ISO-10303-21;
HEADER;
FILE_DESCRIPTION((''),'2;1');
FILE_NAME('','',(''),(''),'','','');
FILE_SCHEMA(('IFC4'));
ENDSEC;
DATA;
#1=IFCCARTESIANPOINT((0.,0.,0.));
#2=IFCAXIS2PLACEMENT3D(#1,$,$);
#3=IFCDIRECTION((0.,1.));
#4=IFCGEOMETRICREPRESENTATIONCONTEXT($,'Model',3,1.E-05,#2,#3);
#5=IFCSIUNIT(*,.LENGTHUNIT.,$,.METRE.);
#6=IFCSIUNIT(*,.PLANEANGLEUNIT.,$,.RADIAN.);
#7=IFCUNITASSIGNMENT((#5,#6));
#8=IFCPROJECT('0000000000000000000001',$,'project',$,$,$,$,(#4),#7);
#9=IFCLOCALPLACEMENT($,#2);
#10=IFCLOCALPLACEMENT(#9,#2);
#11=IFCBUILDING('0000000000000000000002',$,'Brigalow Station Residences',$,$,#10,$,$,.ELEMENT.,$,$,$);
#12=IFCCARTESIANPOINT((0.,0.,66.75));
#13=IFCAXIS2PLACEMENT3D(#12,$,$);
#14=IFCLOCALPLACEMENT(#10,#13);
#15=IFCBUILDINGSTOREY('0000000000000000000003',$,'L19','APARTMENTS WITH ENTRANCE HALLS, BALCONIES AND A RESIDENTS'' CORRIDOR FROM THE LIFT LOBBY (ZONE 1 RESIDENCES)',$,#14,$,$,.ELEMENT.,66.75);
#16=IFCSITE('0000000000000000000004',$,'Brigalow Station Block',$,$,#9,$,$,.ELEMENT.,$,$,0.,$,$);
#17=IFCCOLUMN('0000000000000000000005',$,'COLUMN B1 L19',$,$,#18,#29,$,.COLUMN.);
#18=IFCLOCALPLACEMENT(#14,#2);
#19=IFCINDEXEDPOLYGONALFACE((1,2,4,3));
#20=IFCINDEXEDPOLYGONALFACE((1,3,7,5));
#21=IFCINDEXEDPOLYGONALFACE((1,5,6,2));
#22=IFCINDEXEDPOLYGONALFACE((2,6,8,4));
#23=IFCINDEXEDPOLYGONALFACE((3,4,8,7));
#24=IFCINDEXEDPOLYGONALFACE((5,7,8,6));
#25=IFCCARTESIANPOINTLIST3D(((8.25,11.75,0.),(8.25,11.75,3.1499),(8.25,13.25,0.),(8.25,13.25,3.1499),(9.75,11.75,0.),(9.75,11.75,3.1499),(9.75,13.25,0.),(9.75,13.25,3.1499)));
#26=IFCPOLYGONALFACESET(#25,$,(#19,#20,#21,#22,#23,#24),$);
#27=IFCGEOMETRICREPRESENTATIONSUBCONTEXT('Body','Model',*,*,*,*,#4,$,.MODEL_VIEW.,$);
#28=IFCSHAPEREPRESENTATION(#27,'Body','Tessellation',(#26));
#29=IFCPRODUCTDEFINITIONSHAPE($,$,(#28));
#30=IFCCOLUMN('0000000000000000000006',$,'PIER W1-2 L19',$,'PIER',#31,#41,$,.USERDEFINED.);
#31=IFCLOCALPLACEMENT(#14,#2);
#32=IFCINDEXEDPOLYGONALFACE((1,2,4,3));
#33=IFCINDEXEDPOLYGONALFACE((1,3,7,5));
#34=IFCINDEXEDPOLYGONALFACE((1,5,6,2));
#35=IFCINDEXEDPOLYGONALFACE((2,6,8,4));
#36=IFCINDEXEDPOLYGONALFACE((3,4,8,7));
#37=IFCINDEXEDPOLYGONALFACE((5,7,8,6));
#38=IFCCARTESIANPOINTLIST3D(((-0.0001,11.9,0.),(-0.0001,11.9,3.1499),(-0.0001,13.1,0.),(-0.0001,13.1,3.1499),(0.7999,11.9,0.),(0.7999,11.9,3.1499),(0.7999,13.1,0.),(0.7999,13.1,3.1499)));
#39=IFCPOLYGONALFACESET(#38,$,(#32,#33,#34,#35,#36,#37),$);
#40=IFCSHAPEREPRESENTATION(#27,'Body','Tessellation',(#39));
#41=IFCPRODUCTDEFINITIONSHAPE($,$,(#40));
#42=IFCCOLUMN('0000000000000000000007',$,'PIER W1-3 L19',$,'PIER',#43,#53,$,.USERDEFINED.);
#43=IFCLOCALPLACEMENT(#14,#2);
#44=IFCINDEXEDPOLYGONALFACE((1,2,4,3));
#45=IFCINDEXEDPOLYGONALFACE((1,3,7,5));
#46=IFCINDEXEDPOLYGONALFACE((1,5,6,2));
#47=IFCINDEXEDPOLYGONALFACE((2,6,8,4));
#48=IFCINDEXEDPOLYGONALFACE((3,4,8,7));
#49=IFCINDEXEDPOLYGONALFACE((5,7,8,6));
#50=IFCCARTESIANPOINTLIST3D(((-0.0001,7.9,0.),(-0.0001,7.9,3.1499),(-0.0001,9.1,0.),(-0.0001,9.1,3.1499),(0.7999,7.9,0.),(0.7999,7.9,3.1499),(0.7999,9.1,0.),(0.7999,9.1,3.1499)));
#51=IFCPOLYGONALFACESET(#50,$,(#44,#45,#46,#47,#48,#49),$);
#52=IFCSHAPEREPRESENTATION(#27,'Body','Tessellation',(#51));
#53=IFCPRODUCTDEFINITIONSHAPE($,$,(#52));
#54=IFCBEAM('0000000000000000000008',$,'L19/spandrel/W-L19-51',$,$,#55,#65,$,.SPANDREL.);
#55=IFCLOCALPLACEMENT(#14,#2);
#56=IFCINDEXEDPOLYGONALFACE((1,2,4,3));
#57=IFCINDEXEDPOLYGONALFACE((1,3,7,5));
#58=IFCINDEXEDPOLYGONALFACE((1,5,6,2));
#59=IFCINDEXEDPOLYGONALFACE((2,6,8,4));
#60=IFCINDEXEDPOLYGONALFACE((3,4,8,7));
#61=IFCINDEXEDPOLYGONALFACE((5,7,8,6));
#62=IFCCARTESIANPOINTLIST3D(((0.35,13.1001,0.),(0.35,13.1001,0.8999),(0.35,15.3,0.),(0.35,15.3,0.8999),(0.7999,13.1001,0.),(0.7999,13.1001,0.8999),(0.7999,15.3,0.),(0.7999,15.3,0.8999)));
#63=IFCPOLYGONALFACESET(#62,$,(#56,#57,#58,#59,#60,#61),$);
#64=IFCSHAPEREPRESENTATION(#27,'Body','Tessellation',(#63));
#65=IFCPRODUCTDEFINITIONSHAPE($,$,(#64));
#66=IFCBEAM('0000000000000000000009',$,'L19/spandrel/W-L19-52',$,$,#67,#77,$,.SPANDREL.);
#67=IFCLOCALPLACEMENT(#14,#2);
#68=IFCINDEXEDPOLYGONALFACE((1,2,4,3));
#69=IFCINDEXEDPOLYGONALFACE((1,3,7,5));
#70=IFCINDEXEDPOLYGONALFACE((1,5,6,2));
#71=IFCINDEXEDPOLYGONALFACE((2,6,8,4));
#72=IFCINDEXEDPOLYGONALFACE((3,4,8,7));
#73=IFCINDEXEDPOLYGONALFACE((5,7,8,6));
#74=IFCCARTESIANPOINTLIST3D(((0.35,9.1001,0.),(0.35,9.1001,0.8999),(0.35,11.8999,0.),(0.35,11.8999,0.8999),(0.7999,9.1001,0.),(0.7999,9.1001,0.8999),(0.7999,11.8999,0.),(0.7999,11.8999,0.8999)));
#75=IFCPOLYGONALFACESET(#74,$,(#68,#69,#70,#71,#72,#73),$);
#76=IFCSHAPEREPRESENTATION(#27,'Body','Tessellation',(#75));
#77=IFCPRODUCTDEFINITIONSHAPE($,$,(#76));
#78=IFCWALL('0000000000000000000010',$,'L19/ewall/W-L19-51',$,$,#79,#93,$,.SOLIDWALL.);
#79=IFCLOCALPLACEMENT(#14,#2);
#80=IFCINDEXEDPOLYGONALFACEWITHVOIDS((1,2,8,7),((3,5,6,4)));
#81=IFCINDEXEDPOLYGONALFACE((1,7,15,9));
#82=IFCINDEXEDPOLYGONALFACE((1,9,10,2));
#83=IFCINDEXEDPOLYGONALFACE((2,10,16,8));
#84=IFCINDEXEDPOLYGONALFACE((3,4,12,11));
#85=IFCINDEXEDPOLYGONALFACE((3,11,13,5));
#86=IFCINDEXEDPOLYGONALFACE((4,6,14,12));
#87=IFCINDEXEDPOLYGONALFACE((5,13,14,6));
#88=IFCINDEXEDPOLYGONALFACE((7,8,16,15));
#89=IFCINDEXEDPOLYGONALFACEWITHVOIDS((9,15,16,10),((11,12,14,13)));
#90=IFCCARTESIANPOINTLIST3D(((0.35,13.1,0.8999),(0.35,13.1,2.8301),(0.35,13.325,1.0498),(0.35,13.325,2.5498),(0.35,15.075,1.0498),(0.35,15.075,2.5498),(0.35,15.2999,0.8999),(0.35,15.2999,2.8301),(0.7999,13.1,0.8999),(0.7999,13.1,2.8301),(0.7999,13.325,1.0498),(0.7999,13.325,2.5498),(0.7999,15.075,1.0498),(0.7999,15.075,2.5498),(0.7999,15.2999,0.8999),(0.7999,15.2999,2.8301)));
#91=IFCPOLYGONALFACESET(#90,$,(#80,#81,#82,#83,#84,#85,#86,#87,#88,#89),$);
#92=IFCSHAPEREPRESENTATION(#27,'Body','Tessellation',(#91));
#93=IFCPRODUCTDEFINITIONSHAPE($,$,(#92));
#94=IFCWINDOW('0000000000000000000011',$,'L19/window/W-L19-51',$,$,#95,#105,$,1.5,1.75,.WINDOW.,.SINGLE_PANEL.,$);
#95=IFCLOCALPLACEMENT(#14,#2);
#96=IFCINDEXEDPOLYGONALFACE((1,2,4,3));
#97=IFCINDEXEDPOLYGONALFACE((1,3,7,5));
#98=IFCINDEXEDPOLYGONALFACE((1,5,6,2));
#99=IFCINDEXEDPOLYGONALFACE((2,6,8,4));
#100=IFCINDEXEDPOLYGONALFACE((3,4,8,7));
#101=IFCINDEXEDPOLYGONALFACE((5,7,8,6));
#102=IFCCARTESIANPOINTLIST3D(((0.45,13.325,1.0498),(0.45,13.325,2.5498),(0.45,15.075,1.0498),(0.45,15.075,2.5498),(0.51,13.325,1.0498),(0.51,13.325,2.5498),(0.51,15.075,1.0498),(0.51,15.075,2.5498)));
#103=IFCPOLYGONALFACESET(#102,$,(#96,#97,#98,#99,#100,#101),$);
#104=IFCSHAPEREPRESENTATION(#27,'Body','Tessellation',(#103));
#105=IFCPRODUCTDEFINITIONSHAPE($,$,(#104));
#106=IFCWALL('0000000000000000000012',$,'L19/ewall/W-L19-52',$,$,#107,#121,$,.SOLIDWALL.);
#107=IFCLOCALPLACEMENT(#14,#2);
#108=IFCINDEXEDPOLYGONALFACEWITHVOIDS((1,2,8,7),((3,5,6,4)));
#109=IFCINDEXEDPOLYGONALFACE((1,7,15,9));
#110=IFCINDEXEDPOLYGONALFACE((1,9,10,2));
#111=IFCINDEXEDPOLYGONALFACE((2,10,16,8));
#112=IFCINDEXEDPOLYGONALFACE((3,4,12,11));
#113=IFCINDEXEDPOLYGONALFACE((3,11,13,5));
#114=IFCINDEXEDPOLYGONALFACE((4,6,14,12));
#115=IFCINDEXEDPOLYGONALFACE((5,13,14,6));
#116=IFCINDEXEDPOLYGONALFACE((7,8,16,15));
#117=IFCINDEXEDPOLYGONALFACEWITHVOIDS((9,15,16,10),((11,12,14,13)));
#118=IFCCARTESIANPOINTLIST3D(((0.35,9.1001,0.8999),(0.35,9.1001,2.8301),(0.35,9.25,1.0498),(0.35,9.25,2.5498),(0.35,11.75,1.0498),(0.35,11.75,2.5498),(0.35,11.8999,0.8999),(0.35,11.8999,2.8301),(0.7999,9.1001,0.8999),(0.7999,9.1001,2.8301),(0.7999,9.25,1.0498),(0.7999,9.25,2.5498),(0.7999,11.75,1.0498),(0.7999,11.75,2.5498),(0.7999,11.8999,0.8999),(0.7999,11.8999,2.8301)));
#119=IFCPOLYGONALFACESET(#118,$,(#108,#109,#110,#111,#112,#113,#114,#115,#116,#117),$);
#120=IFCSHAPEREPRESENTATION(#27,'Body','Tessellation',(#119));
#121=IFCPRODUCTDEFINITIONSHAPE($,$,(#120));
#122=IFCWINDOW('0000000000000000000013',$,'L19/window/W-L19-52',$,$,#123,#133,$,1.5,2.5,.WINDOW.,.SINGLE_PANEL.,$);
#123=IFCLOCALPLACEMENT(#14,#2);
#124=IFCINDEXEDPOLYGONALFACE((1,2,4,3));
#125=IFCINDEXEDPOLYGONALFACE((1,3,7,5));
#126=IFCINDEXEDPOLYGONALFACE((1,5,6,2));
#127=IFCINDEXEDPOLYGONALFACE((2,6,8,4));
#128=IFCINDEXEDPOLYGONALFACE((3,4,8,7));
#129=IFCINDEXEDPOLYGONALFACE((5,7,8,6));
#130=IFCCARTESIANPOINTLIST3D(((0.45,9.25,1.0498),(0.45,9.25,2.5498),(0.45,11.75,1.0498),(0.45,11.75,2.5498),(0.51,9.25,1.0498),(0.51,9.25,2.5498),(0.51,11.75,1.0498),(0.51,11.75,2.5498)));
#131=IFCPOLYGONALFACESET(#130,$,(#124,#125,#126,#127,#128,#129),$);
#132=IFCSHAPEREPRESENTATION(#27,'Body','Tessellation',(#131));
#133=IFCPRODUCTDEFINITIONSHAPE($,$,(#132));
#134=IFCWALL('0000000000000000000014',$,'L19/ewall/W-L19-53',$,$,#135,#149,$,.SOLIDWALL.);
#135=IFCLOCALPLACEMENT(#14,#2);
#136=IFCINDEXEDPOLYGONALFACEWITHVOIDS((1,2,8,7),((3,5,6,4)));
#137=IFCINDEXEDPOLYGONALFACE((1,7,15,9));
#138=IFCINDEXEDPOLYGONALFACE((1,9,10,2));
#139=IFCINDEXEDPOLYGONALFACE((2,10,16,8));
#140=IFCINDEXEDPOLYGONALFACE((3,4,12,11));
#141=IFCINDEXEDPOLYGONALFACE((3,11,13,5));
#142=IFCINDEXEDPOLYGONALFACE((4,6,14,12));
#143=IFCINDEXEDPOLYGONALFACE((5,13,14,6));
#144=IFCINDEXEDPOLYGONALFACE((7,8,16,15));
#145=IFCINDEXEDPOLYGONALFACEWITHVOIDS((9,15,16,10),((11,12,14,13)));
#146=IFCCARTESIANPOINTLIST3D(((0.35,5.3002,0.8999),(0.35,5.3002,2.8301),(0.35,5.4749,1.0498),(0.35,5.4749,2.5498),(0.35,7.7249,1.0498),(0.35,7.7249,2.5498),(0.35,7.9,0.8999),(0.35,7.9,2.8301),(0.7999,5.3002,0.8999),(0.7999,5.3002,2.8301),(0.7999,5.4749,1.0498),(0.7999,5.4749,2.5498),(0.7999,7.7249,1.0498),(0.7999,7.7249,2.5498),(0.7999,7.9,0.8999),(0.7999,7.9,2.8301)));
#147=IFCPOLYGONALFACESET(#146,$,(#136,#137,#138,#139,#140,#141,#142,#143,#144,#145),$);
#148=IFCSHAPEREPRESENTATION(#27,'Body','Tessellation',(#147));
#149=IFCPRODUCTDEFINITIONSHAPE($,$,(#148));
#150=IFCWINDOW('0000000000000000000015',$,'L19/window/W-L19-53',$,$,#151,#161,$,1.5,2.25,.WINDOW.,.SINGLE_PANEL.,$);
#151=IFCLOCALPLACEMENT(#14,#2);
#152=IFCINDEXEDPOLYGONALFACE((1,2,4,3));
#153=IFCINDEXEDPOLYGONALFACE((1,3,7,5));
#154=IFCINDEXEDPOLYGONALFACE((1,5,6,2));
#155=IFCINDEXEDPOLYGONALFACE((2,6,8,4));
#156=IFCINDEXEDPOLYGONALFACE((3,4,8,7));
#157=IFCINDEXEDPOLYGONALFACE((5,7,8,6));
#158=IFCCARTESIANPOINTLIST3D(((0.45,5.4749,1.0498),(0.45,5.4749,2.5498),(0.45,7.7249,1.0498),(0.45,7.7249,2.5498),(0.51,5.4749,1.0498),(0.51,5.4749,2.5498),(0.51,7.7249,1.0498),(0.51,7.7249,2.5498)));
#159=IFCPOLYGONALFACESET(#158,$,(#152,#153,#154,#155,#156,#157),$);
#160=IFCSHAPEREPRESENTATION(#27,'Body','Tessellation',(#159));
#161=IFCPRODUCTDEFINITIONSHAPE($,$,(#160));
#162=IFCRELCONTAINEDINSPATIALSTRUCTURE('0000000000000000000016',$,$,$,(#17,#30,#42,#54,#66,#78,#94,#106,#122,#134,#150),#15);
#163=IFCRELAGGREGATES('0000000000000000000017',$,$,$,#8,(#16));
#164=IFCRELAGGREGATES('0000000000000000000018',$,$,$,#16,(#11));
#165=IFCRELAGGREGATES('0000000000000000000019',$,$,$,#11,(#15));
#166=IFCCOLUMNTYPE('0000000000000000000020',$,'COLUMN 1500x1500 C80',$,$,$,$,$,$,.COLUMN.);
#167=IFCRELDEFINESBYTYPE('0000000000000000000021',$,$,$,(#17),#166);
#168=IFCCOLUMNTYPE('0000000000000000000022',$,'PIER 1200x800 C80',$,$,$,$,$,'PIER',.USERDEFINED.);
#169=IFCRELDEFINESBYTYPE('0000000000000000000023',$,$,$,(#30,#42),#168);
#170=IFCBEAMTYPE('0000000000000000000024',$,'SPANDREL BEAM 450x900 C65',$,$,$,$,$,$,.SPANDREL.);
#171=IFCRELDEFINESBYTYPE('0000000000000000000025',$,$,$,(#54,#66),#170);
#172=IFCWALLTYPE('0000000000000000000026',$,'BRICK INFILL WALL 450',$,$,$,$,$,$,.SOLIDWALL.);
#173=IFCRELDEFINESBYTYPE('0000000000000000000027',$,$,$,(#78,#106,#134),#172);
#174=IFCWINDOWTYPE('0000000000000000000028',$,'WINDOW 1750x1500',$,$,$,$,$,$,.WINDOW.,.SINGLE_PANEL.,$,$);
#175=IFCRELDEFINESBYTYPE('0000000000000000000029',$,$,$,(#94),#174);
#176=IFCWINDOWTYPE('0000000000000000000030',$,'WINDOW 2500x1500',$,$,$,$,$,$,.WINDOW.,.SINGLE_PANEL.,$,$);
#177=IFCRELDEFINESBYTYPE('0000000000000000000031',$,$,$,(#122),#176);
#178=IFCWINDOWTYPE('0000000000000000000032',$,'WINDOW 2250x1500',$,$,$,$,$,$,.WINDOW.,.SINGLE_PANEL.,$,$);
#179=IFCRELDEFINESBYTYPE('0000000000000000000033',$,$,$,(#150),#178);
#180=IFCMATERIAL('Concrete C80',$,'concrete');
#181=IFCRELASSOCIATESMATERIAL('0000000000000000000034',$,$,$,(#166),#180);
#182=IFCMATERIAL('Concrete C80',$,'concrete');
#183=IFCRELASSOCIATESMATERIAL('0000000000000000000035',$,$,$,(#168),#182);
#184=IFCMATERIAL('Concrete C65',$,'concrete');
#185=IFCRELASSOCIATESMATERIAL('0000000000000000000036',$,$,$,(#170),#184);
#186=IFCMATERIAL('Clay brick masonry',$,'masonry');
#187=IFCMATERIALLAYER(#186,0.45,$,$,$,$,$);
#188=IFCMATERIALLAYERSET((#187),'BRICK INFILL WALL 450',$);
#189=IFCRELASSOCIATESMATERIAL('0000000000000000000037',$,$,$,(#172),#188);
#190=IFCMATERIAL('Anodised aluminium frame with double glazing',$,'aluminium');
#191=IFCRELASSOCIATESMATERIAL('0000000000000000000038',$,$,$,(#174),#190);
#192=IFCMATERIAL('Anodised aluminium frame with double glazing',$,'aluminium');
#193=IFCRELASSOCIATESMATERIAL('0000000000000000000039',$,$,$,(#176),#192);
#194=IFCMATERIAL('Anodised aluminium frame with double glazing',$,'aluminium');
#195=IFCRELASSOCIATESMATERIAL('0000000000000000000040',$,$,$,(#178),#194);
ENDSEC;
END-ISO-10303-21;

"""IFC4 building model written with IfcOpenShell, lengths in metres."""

from ifc_helpers import new_model, si_unit, direction, frame, frame_2d, origin, origin_2d, place, context, subcontext, project, spatial, rectangle, extrude, material, layer, layer_set, material_profile, profile_set, type_object, element, fill, save


model = new_model("IFC4")

# Units and contexts
model_context = context("Model", 3, precision=1e-05, world=origin(), true_north=direction((0.0, 1.0)))
body_context = subcontext(model_context, "Body", "Model", "MODEL_VIEW")
ifc_project = project(units=[si_unit("LENGTHUNIT", "METRE"), si_unit("PLANEANGLEUNIT", "RADIAN")], contexts=[model_context])

# Site, building, storey
site_placement = place(None, origin())
site = spatial("IfcSite", under=ifc_project, at=site_placement, Name="Brigalow Station Block", CompositionType="ELEMENT", RefElevation=0.0)
building_placement = place(site_placement, origin())
building = spatial("IfcBuilding", under=site, at=building_placement, Name="Brigalow Station Residences", CompositionType="ELEMENT")
storey_placement = place(building_placement, frame((0.0, 0.0, 66.75)))
storey = spatial("IfcBuildingStorey", under=building, at=storey_placement, Name="L19", Description="APARTMENTS WITH ENTRANCE HALLS, BALCONIES AND A RESIDENTS' CORRIDOR FROM THE LIFT LOBBY (ZONE 1 RESIDENCES)", CompositionType="ELEMENT", Elevation=66.75)

# Columns
ifc_material_1 = material(Name="Concrete C80", Category="concrete")
ifc_material_profile_1 = material_profile(ifc_material_1, rectangle(XDim=1.5, YDim=1.5, at=origin_2d()), Name="RC1500x1500")
ifc_profile_set_1 = profile_set([ifc_material_profile_1], Name="Concrete C80")
column_type_1 = type_object("IfcColumnType", Name="COLUMN 1500x1500 C80", PredefinedType="COLUMN", material=ifc_profile_set_1)
column_placement = place(storey_placement, frame((9.0, 12.5, 0.0), z_axis=(0.0, 0.0, 1.0), x_axis=(1.0, 0.0, 0.0)))
element("IfcColumn", 1, at=column_placement, inside=storey, type_object=column_type_1, Name="COLUMN B1 L19", PredefinedType="COLUMN", context=body_context, shape_type="SweptSolid", body=[
    extrude(rectangle(XDim=1.5, YDim=1.5, at=origin_2d()), origin(), (0.0, 0.0, 1.0), 3.1499),
])
ifc_material_2 = material(Name="Concrete C80", Category="concrete")
ifc_material_profile_2 = material_profile(ifc_material_2, rectangle(XDim=1.2, YDim=0.8, at=origin_2d()), Name="RC1200x800")
ifc_profile_set_2 = profile_set([ifc_material_profile_2], Name="Concrete C80")
column_type_2 = type_object("IfcColumnType", Name="PIER 1200x800 C80", ElementType="PIER", PredefinedType="USERDEFINED", material=ifc_profile_set_2)
for number, where, z_axis, x_axis, name in (
    (2, (0.3999, 12.5, 0.0), (0.0, 0.0, 1.0), (0.0, -1.0, 0.0), "PIER W1-2 L19"),
    (3, (0.3999, 8.5, 0.0), (0.0, 0.0, 1.0), (0.0, -1.0, 0.0), "PIER W1-3 L19"),
):
    element("IfcColumn", number, at=place(storey_placement, frame(where, z_axis=z_axis, x_axis=x_axis)), inside=storey, type_object=column_type_2, Name=name, ObjectType="PIER", PredefinedType="USERDEFINED", context=body_context, shape_type="SweptSolid", body=[
        extrude(rectangle(XDim=1.2, YDim=0.8, at=origin_2d()), origin(), (0.0, 0.0, 1.0), 3.1499),
    ])

# Beams
ifc_material_3 = material(Name="Concrete C65", Category="concrete")
ifc_material_profile_3 = material_profile(ifc_material_3, rectangle(XDim=0.45, YDim=0.8999, at=origin_2d()), Name="RC450x900")
ifc_profile_set_3 = profile_set([ifc_material_profile_3], Name="Concrete C65")
beam_type = type_object("IfcBeamType", Name="SPANDREL BEAM 450x900 C65", PredefinedType="SPANDREL", material=ifc_profile_set_3)
beam_1_placement = place(storey_placement, frame((0.575, 15.3, 0.45), z_axis=(0.0, -1.0, 0.0), x_axis=(1.0, 0.0, 0.0)))
element("IfcBeam", 4, at=beam_1_placement, inside=storey, type_object=beam_type, Name="L19/spandrel/W-L19-51", PredefinedType="SPANDREL", context=body_context, shape_type="SweptSolid", body=[
    extrude(rectangle(XDim=0.45, YDim=0.8999, at=origin_2d()), origin(), (0.0, 0.0, 1.0), 2.2),
])
beam_2_placement = place(storey_placement, frame((0.575, 11.8999, 0.45), z_axis=(0.0, -1.0, 0.0), x_axis=(1.0, 0.0, 0.0)))
element("IfcBeam", 5, at=beam_2_placement, inside=storey, type_object=beam_type, Name="L19/spandrel/W-L19-52", PredefinedType="SPANDREL", context=body_context, shape_type="SweptSolid", body=[
    extrude(rectangle(XDim=0.45, YDim=0.8999, at=origin_2d()), origin(), (0.0, 0.0, 1.0), 2.7998),
])

# Walls, openings, windows
ifc_material_4 = material(Name="Clay brick masonry", Category="masonry")
ifc_layer_1 = layer(ifc_material_4, 0.45)
ifc_layer_set_1 = layer_set([ifc_layer_1], Name="BRICK INFILL WALL 450")
wall_type_1 = type_object("IfcWallType", Name="BRICK INFILL WALL 450", PredefinedType="SOLIDWALL", material=ifc_layer_set_1)
wall_1_placement = place(storey_placement, frame((0.575, 15.3, 0.8999), z_axis=(0.0, 0.0, 1.0), x_axis=(0.0, -1.0, 0.0)))
wall_1 = element("IfcWall", 6, at=wall_1_placement, inside=storey, type_object=wall_type_1, Name="L19/ewall/W-L19-51", PredefinedType="SOLIDWALL", context=body_context, shape_type="SweptSolid", body=[
    extrude(rectangle(XDim=2.2, YDim=0.45, at=frame_2d((1.1001, 0.0))), origin(), (0.0, 0.0, 1.0), 1.9302),
])
opening_1_placement = place(wall_1_placement, frame((0.2251, 0.0, 0.1499)))
opening_1 = element("IfcOpeningElement", 7, at=opening_1_placement, cuts=wall_1, PredefinedType="OPENING", context=body_context, shape_type="SweptSolid", body=[
    extrude(rectangle(XDim=1.75, YDim=1.5, at=frame_2d((0.875, 0.75))), frame((0.0, 0.2349, 0.0), z_axis=(0.0, -1.0, 0.0), x_axis=(1.0, 0.0, 0.0)), (0.0, 0.0, 1.0), 0.47),
])
ifc_material_5 = material(Name="Anodised aluminium frame with double glazing", Category="aluminium")
window_type_1 = type_object("IfcWindowType", Name="WINDOW 1750x1500", PartitioningType="SINGLE_PANEL", PredefinedType="WINDOW", material=ifc_material_5)
window_1_placement = place(opening_1_placement, origin())
window_1 = element("IfcWindow", 8, at=window_1_placement, inside=storey, type_object=window_type_1, Name="L19/window/W-L19-51", OverallHeight=1.5, OverallWidth=1.75, PartitioningType="SINGLE_PANEL", PredefinedType="WINDOW", context=body_context, shape_type="SweptSolid", body=[
    extrude(rectangle(XDim=1.75, YDim=1.5, at=frame_2d((0.875, 0.75))), frame((0.0, -0.0649, 0.0), z_axis=(0.0, -1.0, 0.0), x_axis=(1.0, 0.0, 0.0)), (0.0, 0.0, 1.0), 0.0601),
])
fill(opening_1, window_1)
wall_2_placement = place(storey_placement, frame((0.575, 11.8999, 0.8999), z_axis=(0.0, 0.0, 1.0), x_axis=(0.0, -1.0, 0.0)))
wall_2 = element("IfcWall", 9, at=wall_2_placement, inside=storey, type_object=wall_type_1, Name="L19/ewall/W-L19-52", PredefinedType="SOLIDWALL", context=body_context, shape_type="SweptSolid", body=[
    extrude(rectangle(XDim=2.7998, YDim=0.45, at=frame_2d((1.3999, 0.0))), origin(), (0.0, 0.0, 1.0), 1.9302),
])
opening_2_placement = place(wall_2_placement, frame((0.1499, 0.0, 0.1499)))
opening_2 = element("IfcOpeningElement", 10, at=opening_2_placement, cuts=wall_2, PredefinedType="OPENING", context=body_context, shape_type="SweptSolid", body=[
    extrude(rectangle(XDim=2.5, YDim=1.5, at=frame_2d((1.25, 0.75))), frame((0.0, 0.2349, 0.0), z_axis=(0.0, -1.0, 0.0), x_axis=(1.0, 0.0, 0.0)), (0.0, 0.0, 1.0), 0.47),
])
ifc_material_6 = material(Name="Anodised aluminium frame with double glazing", Category="aluminium")
window_type_2 = type_object("IfcWindowType", Name="WINDOW 2500x1500", PartitioningType="SINGLE_PANEL", PredefinedType="WINDOW", material=ifc_material_6)
window_2_placement = place(opening_2_placement, origin())
window_2 = element("IfcWindow", 11, at=window_2_placement, inside=storey, type_object=window_type_2, Name="L19/window/W-L19-52", OverallHeight=1.5, OverallWidth=2.5, PartitioningType="SINGLE_PANEL", PredefinedType="WINDOW", context=body_context, shape_type="SweptSolid", body=[
    extrude(rectangle(XDim=2.5, YDim=1.5, at=frame_2d((1.25, 0.75))), frame((0.0, -0.0649, 0.0), z_axis=(0.0, -1.0, 0.0), x_axis=(1.0, 0.0, 0.0)), (0.0, 0.0, 1.0), 0.0601),
])
fill(opening_2, window_2)
wall_3_placement = place(storey_placement, frame((0.575, 7.8999, 0.8999), z_axis=(0.0, 0.0, 1.0), x_axis=(0.0, -1.0, 0.0)))
wall_3 = element("IfcWall", 12, at=wall_3_placement, inside=storey, type_object=wall_type_1, Name="L19/ewall/W-L19-53", PredefinedType="SOLIDWALL", context=body_context, shape_type="SweptSolid", body=[
    extrude(rectangle(XDim=2.5999, YDim=0.45, at=frame_2d((1.2998, 0.0))), origin(), (0.0, 0.0, 1.0), 1.9302),
])
opening_3_placement = place(wall_3_placement, frame((0.175, 0.0, 0.1499)))
opening_3 = element("IfcOpeningElement", 13, at=opening_3_placement, cuts=wall_3, PredefinedType="OPENING", context=body_context, shape_type="SweptSolid", body=[
    extrude(rectangle(XDim=2.25, YDim=1.5, at=frame_2d((1.125, 0.75))), frame((0.0, 0.2349, 0.0), z_axis=(0.0, -1.0, 0.0), x_axis=(1.0, 0.0, 0.0)), (0.0, 0.0, 1.0), 0.47),
])
ifc_material_7 = material(Name="Anodised aluminium frame with double glazing", Category="aluminium")
window_type_3 = type_object("IfcWindowType", Name="WINDOW 2250x1500", PartitioningType="SINGLE_PANEL", PredefinedType="WINDOW", material=ifc_material_7)
window_3_placement = place(opening_3_placement, origin())
window_3 = element("IfcWindow", 14, at=window_3_placement, inside=storey, type_object=window_type_3, Name="L19/window/W-L19-53", OverallHeight=1.5, OverallWidth=2.25, PartitioningType="SINGLE_PANEL", PredefinedType="WINDOW", context=body_context, shape_type="SweptSolid", body=[
    extrude(rectangle(XDim=2.25, YDim=1.5, at=frame_2d((1.125, 0.75))), frame((0.0, -0.0649, 0.0), z_axis=(0.0, -1.0, 0.0), x_axis=(1.0, 0.0, 0.0)), (0.0, 0.0, 1.0), 0.0601),
])
fill(opening_3, window_3)

save(model, "model.ifc")
